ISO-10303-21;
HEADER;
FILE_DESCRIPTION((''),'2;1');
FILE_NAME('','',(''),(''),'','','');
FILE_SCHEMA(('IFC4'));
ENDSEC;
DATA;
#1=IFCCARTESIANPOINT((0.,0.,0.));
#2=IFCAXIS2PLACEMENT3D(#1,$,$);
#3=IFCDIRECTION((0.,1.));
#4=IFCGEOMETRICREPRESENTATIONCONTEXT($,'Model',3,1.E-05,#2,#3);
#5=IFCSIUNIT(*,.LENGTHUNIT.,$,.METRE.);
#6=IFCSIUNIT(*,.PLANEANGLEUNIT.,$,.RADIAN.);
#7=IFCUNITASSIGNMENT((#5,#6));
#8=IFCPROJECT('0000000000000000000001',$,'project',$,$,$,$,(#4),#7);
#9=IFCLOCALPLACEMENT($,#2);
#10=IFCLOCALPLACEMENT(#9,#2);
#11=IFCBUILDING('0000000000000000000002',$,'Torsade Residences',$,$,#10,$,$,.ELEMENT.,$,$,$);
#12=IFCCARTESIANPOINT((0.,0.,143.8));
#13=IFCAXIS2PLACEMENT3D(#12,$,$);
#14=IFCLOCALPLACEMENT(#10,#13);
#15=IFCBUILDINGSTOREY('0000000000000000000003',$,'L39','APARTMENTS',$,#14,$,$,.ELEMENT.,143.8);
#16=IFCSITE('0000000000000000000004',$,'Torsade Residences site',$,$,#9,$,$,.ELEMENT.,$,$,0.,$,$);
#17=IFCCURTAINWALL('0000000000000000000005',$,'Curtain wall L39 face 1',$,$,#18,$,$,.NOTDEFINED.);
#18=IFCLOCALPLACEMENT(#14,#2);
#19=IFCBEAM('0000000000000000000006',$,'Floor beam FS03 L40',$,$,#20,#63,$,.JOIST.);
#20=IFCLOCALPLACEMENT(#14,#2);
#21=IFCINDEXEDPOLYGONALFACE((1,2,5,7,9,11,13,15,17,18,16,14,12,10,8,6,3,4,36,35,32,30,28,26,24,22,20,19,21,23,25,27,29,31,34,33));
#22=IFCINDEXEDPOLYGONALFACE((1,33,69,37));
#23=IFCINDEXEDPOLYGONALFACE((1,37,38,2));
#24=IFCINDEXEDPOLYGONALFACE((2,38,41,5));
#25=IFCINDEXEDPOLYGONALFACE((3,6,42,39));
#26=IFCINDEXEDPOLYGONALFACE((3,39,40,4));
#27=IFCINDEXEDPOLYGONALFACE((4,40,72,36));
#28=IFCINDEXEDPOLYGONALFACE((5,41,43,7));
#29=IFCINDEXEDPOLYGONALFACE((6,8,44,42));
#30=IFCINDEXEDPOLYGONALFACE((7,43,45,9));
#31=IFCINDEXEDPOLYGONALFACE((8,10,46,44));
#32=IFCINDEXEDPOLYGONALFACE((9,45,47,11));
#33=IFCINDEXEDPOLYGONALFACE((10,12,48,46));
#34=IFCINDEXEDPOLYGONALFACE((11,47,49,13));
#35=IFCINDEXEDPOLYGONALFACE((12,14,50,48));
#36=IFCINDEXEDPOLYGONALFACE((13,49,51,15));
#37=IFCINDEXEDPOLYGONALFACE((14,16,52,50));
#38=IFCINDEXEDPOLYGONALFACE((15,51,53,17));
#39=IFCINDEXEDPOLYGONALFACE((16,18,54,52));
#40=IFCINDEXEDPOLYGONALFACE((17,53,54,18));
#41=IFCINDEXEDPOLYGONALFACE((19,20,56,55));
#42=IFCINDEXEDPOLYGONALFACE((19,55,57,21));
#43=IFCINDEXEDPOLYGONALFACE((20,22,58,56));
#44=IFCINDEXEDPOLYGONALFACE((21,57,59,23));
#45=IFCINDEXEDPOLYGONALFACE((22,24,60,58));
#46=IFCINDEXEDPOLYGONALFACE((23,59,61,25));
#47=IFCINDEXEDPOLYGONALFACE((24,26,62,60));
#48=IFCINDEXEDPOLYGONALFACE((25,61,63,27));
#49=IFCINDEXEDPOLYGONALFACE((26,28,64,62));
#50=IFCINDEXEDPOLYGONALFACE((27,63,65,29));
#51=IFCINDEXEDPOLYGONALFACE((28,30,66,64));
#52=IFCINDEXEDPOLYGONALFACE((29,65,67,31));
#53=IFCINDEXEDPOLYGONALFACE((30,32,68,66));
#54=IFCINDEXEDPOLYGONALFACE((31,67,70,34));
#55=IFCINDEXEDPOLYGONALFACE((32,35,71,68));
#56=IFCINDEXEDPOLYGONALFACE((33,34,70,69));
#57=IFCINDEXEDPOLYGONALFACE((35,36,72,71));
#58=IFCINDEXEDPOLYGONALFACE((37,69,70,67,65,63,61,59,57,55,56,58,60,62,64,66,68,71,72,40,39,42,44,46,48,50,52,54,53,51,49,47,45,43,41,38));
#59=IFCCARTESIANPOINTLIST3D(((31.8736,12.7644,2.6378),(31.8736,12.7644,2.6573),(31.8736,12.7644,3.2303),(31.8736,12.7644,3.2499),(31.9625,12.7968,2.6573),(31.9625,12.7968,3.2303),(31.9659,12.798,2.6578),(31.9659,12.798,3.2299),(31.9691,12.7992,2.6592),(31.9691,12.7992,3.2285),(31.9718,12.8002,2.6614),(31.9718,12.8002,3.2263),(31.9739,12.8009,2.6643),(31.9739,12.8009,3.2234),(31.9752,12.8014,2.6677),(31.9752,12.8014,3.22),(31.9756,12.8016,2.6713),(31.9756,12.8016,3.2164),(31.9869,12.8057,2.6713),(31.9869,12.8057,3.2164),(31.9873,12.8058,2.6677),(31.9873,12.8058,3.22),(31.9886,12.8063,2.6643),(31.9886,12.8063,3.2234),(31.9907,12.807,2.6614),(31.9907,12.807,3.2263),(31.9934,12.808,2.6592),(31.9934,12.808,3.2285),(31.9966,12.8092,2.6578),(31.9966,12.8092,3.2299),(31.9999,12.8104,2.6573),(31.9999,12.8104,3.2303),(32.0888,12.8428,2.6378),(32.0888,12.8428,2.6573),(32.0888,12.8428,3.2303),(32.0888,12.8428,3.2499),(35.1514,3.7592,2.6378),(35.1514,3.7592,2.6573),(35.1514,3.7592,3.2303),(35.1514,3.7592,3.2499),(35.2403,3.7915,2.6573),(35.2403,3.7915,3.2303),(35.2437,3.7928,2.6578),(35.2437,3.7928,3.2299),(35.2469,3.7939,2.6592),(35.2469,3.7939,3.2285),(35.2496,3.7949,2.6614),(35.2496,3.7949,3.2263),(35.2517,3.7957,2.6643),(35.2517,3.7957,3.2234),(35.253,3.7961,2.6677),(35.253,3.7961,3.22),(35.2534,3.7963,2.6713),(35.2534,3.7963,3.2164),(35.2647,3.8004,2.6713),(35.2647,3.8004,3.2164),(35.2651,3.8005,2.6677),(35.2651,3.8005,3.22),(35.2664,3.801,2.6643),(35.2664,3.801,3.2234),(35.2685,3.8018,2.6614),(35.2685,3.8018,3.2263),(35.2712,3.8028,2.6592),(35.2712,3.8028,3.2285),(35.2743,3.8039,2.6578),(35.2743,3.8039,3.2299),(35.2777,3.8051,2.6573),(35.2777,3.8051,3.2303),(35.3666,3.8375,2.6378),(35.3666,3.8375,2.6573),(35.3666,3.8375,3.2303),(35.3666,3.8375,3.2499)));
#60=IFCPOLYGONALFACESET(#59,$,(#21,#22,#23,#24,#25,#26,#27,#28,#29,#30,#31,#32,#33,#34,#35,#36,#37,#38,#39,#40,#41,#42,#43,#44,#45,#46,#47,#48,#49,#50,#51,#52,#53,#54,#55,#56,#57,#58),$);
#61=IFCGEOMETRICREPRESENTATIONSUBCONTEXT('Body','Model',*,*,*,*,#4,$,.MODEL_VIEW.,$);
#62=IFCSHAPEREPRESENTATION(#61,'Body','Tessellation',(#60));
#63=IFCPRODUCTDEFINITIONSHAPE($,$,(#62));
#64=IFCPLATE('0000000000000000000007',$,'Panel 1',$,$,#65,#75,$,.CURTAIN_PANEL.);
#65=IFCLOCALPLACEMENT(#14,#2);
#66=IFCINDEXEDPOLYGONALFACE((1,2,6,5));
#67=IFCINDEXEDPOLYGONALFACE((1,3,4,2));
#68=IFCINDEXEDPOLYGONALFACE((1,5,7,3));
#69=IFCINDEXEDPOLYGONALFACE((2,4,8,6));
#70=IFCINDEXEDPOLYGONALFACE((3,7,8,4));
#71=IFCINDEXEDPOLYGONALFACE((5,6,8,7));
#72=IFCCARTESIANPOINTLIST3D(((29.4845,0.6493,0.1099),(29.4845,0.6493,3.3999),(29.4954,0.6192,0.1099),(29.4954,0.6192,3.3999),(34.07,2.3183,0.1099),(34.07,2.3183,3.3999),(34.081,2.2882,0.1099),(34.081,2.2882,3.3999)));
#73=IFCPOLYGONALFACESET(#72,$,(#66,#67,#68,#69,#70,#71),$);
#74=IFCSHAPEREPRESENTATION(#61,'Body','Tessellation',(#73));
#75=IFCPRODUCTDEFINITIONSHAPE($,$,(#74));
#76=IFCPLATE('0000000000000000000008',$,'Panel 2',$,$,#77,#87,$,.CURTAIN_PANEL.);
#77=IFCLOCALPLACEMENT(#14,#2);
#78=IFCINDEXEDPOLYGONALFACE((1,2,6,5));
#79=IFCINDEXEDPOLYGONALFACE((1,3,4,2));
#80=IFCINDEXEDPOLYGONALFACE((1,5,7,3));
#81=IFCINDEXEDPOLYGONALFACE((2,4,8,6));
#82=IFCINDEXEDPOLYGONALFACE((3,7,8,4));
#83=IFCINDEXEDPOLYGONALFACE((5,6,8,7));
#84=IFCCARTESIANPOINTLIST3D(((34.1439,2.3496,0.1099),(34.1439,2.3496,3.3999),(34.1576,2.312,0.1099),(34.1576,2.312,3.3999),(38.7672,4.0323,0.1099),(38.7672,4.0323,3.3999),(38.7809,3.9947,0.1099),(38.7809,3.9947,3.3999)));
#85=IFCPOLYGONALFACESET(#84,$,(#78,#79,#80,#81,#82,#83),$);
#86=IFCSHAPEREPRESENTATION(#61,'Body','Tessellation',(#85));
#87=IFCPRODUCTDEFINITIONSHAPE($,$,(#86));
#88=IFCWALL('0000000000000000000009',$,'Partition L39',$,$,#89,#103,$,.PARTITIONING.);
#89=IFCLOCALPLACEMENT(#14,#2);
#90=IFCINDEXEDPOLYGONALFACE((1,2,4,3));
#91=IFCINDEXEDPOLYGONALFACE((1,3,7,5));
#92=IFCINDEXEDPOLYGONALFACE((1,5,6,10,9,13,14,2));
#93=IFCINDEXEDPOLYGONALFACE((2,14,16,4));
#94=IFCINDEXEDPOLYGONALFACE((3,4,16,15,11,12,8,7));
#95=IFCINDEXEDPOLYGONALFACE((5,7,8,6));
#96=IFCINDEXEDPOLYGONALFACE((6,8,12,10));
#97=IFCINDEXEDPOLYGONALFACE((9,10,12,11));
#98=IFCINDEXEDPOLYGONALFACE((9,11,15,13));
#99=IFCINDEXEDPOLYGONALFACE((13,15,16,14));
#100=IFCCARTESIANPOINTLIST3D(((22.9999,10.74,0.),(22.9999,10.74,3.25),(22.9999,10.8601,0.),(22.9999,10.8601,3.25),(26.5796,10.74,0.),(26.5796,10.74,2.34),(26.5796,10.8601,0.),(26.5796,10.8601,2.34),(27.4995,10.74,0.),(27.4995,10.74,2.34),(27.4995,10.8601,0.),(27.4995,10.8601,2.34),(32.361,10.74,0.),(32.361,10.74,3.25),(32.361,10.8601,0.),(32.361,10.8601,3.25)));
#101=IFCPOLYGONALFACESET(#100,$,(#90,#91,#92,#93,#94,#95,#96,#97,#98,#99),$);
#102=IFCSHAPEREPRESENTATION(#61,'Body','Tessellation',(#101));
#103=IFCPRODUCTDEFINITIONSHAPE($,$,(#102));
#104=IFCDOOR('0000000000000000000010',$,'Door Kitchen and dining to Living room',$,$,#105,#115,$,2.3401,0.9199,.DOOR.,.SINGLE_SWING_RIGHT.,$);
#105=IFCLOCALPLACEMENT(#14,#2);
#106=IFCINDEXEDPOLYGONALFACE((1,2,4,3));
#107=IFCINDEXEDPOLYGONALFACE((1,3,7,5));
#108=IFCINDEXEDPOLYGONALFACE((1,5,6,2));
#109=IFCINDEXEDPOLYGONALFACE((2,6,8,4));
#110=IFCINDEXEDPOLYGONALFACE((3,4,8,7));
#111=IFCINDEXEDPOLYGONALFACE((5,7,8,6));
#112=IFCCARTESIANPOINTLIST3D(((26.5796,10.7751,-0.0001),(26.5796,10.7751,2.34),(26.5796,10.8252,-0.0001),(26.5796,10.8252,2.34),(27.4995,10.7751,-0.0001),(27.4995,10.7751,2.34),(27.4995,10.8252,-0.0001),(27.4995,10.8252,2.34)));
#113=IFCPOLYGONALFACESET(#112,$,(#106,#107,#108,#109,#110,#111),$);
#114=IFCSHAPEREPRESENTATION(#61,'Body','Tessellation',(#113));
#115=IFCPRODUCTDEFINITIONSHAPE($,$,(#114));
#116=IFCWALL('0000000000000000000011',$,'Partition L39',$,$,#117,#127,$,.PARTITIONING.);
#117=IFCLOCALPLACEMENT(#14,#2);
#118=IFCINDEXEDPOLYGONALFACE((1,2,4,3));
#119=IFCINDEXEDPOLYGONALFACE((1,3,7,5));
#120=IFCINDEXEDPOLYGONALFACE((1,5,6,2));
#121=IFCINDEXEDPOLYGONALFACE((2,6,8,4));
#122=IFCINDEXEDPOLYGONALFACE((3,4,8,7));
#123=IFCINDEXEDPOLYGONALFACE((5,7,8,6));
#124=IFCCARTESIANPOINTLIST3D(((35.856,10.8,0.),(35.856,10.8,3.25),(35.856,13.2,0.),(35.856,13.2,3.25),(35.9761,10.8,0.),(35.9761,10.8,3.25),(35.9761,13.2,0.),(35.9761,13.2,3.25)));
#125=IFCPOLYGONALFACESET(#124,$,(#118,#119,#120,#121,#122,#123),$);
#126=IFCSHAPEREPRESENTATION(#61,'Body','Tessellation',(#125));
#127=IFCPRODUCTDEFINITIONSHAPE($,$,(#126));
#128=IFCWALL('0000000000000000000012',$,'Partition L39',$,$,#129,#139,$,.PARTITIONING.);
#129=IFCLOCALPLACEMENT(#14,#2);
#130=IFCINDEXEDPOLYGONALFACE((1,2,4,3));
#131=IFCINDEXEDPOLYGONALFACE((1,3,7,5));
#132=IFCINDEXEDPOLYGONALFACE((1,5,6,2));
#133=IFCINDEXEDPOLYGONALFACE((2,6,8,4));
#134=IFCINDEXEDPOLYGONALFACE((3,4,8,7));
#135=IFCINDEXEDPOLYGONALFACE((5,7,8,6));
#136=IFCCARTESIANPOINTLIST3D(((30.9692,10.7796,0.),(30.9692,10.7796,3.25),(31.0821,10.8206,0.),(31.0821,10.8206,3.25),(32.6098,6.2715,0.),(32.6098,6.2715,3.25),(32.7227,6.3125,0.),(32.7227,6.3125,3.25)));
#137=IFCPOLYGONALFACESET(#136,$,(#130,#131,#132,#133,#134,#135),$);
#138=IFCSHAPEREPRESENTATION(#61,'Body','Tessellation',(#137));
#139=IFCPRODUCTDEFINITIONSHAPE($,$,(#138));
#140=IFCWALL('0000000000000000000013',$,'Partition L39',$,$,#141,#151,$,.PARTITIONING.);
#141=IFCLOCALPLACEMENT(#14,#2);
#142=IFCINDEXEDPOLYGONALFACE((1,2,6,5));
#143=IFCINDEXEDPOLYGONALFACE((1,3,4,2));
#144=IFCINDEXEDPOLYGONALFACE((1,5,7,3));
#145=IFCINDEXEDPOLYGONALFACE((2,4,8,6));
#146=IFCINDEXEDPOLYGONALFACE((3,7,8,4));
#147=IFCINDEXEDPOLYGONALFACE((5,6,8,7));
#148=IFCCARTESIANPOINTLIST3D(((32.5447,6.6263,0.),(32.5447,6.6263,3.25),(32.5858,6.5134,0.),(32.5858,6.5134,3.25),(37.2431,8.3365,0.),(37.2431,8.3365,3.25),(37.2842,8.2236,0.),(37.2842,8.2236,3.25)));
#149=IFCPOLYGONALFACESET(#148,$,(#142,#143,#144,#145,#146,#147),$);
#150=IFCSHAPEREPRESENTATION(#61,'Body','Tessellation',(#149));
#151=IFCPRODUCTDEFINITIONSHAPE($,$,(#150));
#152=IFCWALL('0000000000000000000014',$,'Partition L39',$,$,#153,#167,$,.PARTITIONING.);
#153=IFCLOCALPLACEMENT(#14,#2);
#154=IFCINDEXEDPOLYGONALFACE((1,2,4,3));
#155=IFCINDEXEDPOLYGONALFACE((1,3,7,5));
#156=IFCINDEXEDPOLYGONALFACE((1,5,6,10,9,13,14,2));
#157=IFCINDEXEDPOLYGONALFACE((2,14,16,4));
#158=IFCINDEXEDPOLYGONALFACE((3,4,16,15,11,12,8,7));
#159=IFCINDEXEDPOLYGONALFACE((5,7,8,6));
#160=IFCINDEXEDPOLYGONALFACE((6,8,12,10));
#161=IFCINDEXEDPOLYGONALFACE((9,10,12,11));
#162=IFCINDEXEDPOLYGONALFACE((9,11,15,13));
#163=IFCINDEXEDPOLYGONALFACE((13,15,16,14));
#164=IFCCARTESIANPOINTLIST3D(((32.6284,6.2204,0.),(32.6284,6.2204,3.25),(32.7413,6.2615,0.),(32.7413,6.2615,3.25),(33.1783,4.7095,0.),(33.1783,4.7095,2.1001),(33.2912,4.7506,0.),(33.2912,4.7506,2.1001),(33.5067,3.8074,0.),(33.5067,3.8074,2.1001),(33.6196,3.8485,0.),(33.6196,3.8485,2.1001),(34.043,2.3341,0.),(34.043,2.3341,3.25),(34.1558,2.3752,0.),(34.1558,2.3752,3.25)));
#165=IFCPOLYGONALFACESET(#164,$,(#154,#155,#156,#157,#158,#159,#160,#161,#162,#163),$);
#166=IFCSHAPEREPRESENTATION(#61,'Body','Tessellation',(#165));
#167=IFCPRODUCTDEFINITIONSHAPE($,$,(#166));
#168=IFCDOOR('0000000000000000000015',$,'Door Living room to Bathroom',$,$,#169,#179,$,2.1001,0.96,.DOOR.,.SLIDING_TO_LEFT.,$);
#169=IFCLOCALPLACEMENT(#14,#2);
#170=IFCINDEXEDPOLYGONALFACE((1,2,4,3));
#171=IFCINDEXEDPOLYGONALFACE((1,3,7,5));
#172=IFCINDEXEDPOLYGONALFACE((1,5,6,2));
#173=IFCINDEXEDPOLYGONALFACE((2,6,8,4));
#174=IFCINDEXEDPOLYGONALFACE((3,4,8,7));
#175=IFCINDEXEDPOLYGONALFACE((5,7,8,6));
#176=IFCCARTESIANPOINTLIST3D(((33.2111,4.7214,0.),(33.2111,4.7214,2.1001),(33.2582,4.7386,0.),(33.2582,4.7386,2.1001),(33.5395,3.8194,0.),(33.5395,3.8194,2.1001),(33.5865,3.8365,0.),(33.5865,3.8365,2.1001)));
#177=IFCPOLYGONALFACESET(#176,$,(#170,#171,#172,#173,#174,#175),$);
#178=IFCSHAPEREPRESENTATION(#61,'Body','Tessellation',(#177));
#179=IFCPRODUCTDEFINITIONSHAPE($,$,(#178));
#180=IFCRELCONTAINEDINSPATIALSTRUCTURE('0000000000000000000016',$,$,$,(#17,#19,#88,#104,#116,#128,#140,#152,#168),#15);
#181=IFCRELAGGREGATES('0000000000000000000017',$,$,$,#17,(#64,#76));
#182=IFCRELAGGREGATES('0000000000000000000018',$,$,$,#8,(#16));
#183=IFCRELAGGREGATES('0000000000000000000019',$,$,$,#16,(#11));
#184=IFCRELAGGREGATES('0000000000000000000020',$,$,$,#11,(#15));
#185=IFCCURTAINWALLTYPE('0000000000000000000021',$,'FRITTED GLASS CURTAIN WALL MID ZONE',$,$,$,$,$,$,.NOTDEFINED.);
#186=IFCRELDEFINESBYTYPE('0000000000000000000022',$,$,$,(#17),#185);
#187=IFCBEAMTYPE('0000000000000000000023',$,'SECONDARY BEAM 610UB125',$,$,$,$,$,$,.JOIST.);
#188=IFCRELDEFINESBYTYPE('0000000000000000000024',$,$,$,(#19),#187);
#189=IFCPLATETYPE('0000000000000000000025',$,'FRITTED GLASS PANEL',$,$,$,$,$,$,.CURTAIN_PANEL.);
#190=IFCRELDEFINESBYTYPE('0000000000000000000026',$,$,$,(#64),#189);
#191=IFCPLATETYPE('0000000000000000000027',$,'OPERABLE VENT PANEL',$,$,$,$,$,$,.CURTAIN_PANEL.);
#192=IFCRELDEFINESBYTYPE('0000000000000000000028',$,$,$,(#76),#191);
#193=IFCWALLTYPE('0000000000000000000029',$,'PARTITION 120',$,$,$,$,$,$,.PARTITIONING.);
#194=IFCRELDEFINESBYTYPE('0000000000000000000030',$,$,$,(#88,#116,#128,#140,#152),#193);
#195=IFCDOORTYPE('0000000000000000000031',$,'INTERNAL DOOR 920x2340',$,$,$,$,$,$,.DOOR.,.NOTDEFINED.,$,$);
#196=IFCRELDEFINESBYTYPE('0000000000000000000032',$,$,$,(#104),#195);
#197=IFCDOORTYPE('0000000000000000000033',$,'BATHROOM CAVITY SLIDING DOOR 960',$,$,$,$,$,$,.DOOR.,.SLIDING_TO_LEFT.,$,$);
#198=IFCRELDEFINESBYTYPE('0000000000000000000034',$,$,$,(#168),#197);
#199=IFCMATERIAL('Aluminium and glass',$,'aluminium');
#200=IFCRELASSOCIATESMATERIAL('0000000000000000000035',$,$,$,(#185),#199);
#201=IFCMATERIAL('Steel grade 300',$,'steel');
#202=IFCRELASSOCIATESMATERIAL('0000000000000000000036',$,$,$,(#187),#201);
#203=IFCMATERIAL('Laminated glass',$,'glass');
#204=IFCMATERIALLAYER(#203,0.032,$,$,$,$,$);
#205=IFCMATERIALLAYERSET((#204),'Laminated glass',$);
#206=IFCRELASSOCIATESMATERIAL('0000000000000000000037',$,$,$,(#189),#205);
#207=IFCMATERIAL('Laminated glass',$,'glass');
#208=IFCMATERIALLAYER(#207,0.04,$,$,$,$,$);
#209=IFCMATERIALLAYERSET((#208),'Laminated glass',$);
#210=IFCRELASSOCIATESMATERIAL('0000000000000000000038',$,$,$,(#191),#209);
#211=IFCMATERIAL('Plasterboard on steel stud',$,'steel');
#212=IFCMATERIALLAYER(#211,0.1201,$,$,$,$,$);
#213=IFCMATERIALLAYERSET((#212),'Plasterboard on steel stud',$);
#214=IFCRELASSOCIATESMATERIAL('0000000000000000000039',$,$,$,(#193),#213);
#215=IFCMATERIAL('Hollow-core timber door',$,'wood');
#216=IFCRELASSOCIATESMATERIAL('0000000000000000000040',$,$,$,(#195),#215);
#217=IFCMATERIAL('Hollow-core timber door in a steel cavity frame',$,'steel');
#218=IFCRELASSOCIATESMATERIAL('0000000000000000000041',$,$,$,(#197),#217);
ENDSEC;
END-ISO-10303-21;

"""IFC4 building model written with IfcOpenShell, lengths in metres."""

from ifc_helpers import new_model, si_unit, direction, frame, frame_2d, origin, origin_2d, place, context, subcontext, project, spatial, rectangle, i_section, extrude, material, layer, layer_set, material_profile, profile_set, type_object, element, fill, aggregate, save


model = new_model("IFC4")

# Units and contexts
model_context = context("Model", 3, precision=1e-05, world=origin(), true_north=direction((0.0, 1.0)))
body_context = subcontext(model_context, "Body", "Model", "MODEL_VIEW")
ifc_project = project(units=[si_unit("LENGTHUNIT", "METRE"), si_unit("PLANEANGLEUNIT", "RADIAN")], contexts=[model_context])

# Site, building, storey
site_placement = place(None, origin())
site = spatial("IfcSite", under=ifc_project, at=site_placement, Name="Torsade Residences site", CompositionType="ELEMENT", RefElevation=0.0)
building_placement = place(site_placement, origin())
building = spatial("IfcBuilding", under=site, at=building_placement, Name="Torsade Residences", CompositionType="ELEMENT")
storey_placement = place(building_placement, frame((0.0, 0.0, 143.8)))
storey = spatial("IfcBuildingStorey", under=building, at=storey_placement, Name="L39", Description="APARTMENTS", CompositionType="ELEMENT", Elevation=143.8)

# Curtain wall
ifc_material_1 = material(Name="Aluminium and glass", Category="aluminium")
curtain_wall_type = type_object("IfcCurtainWallType", Name="FRITTED GLASS CURTAIN WALL MID ZONE", PredefinedType="NOTDEFINED", material=ifc_material_1)
curtain_wall_placement = place(storey_placement, origin())
curtain_wall = element("IfcCurtainWall", 1, at=curtain_wall_placement, inside=storey, type_object=curtain_wall_type, Name="Curtain wall L39 face 1", PredefinedType="NOTDEFINED")

# Beam
ifc_material_2 = material(Name="Steel grade 300", Category="steel")
ifc_material_profile_1 = material_profile(ifc_material_2, i_section(OverallWidth=0.229, OverallDepth=0.6121, WebThickness=0.012, FlangeThickness=0.0195, FilletRadius=0.0139, at=origin_2d()), Name="610UB125")
ifc_profile_set_1 = profile_set([ifc_material_profile_1], Name="Steel grade 300")
beam_type_1 = type_object("IfcBeamType", Name="SECONDARY BEAM 610UB125", PredefinedType="JOIST", material=ifc_profile_set_1)
beam_1_placement = place(storey_placement, frame((35.259, 3.7983, 2.9438), z_axis=(-0.342034, 0.939688, 0.0), x_axis=(-0.939688, -0.342034, 0.0)))
element("IfcBeam", 2, at=beam_1_placement, inside=storey, type_object=beam_type_1, Name="Floor beam FS03 L40", PredefinedType="JOIST", context=body_context, shape_type="SweptSolid", body=[
    extrude(i_section(OverallWidth=0.229, OverallDepth=0.6121, WebThickness=0.012, FlangeThickness=0.0195, FilletRadius=0.0139, at=origin_2d()), origin(), (0.0, 0.0, 1.0), 9.5833),
])

# Plates
ifc_material_3 = material(Name="Laminated glass", Category="glass")
ifc_layer_1 = layer(ifc_material_3, 0.032)
ifc_layer_set_1 = layer_set([ifc_layer_1], Name="Laminated glass")
plate_type_1 = type_object("IfcPlateType", Name="FRITTED GLASS PANEL", PredefinedType="CURTAIN_PANEL", material=ifc_layer_set_1)
plate_1_placement = place(storey_placement, frame((31.7827, 1.4688, 0.1099), z_axis=(0.0, 0.0, 1.0), x_axis=(0.939693, 0.34202, 0.0)))
plate_1 = element("IfcPlate", 3, at=plate_1_placement, type_object=plate_type_1, Name="Panel 1", PredefinedType="CURTAIN_PANEL", context=body_context, shape_type="SweptSolid", body=[
    extrude(rectangle(XDim=4.8799, YDim=0.032, at=origin_2d()), origin(), (0.0, 0.0, 1.0), 3.29),
])
ifc_material_4 = material(Name="Laminated glass", Category="glass")
ifc_layer_2 = layer(ifc_material_4, 0.04)
ifc_layer_set_2 = layer_set([ifc_layer_2], Name="Laminated glass")
plate_type_2 = type_object("IfcPlateType", Name="OPERABLE VENT PANEL", PredefinedType="CURTAIN_PANEL", material=ifc_layer_set_2)
plate_2_placement = place(storey_placement, frame((36.4624, 3.1721, 0.1099), z_axis=(0.0, 0.0, 1.0), x_axis=(0.939693, 0.34202, 0.0)))
plate_2 = element("IfcPlate", 4, at=plate_2_placement, type_object=plate_type_2, Name="Panel 2", PredefinedType="CURTAIN_PANEL", context=body_context, shape_type="SweptSolid", body=[
    extrude(rectangle(XDim=4.9199, YDim=0.04, at=origin_2d()), origin(), (0.0, 0.0, 1.0), 3.29),
])
aggregate(curtain_wall, [plate_1, plate_2])

# Wall, opening, door
ifc_material_5 = material(Name="Plasterboard on steel stud", Category="steel")
ifc_layer_3 = layer(ifc_material_5, 0.1201)
ifc_layer_set_3 = layer_set([ifc_layer_3], Name="Plasterboard on steel stud")
wall_type_1 = type_object("IfcWallType", Name="PARTITION 120", PredefinedType="PARTITIONING", material=ifc_layer_set_3)
wall_1_placement = place(storey_placement, frame((32.3611, 10.8, 0.0), z_axis=(0.0, 0.0, 1.0), x_axis=(-1.0, 0.0, 0.0)))
wall_1 = element("IfcWall", 5, at=wall_1_placement, inside=storey, type_object=wall_type_1, Name="Partition L39", PredefinedType="PARTITIONING", context=body_context, shape_type="SweptSolid", body=[
    extrude(rectangle(XDim=9.3611, YDim=0.1201, at=frame_2d((4.6807, 0.0))), origin(), (0.0, 0.0, 1.0), 3.25),
])
opening_1_placement = place(wall_1_placement, frame((4.8616, 0.0, 0.0)))
opening_1 = element("IfcOpeningElement", 6, at=opening_1_placement, cuts=wall_1, PredefinedType="OPENING", context=body_context, shape_type="SweptSolid", body=[
    extrude(rectangle(XDim=0.9199, YDim=2.3401, at=frame_2d((0.46, 1.1699))), frame((0.0, 0.0701, 0.0), z_axis=(0.0, -1.0, 0.0), x_axis=(1.0, 0.0, 0.0)), (0.0, 0.0, 1.0), 0.1401),
])
ifc_material_6 = material(Name="Hollow-core timber door", Category="wood")
door_type_1 = type_object("IfcDoorType", Name="INTERNAL DOOR 920x2340", OperationType="NOTDEFINED", PredefinedType="DOOR", material=ifc_material_6)
door_1_placement = place(opening_1_placement, origin())
door_1 = element("IfcDoor", 7, at=door_1_placement, inside=storey, type_object=door_type_1, Name="Door Kitchen and dining to Living room", OperationType="SINGLE_SWING_RIGHT", OverallHeight=2.3401, OverallWidth=0.9199, PredefinedType="DOOR", context=body_context, shape_type="SweptSolid", body=[
    extrude(rectangle(XDim=0.9199, YDim=2.3401, at=frame_2d((0.46, 1.1699))), frame((0.0, 0.0249, 0.0), z_axis=(0.0, -1.0, 0.0), x_axis=(1.0, 0.0, 0.0)), (0.0, 0.0, 1.0), 0.05),
])
fill(opening_1, door_1)

# Walls
wall_2_placement = place(storey_placement, frame((35.916, 10.8, 0.0), z_axis=(0.0, 0.0, 1.0), x_axis=(0.0, 1.0, 0.0)))
element("IfcWall", 8, at=wall_2_placement, inside=storey, type_object=wall_type_1, Name="Partition L39", PredefinedType="PARTITIONING", context=body_context, shape_type="SweptSolid", body=[
    extrude(rectangle(XDim=2.3999, YDim=0.1201, at=frame_2d((1.2, 0.0))), origin(), (0.0, 0.0, 1.0), 3.25),
])
wall_3_placement = place(storey_placement, frame((32.6663, 6.292, 0.0), z_axis=(0.0, 0.0, 1.0), x_axis=(-0.341988, 0.939704, 0.0)))
element("IfcWall", 9, at=wall_3_placement, inside=storey, type_object=wall_type_1, Name="Partition L39", PredefinedType="PARTITIONING", context=body_context, shape_type="SweptSolid", body=[
    extrude(rectangle(XDim=4.7974, YDim=0.1201, at=frame_2d((2.3987, 0.0))), origin(), (0.0, 0.0, 1.0), 3.25),
])
wall_4_placement = place(storey_placement, frame((37.2637, 8.28, 0.0), z_axis=(0.0, 0.0, 1.0), x_axis=(-0.939686, -0.342037, 0.0)))
element("IfcWall", 10, at=wall_4_placement, inside=storey, type_object=wall_type_1, Name="Partition L39", PredefinedType="PARTITIONING", context=body_context, shape_type="SweptSolid", body=[
    extrude(rectangle(XDim=5.0, YDim=0.1201, at=frame_2d((2.5, 0.0))), origin(), (0.0, 0.0, 1.0), 3.25),
])

# Wall, opening, door
wall_5_placement = place(storey_placement, frame((32.6848, 6.241, 0.0), z_axis=(0.0, 0.0, 1.0), x_axis=(0.342037, -0.939687, 0.0)))
wall_5 = element("IfcWall", 11, at=wall_5_placement, inside=storey, type_object=wall_type_1, Name="Partition L39", PredefinedType="PARTITIONING", context=body_context, shape_type="SweptSolid", body=[
    extrude(rectangle(XDim=4.1357, YDim=0.1201, at=frame_2d((2.0679, 0.0))), origin(), (0.0, 0.0, 1.0), 3.25),
])
opening_2_placement = place(wall_5_placement, frame((1.6079, 0.0, 0.0)))
opening_2 = element("IfcOpeningElement", 12, at=opening_2_placement, cuts=wall_5, PredefinedType="OPENING", context=body_context, shape_type="SweptSolid", body=[
    extrude(rectangle(XDim=0.96, YDim=2.1001, at=frame_2d((0.48, 1.05))), frame((0.0, 0.0701, 0.0), z_axis=(0.0, -1.0, 0.0), x_axis=(1.0, 0.0, 0.0)), (0.0, 0.0, 1.0), 0.1401),
])
ifc_material_7 = material(Name="Hollow-core timber door in a steel cavity frame", Category="steel")
door_type_2 = type_object("IfcDoorType", Name="BATHROOM CAVITY SLIDING DOOR 960", OperationType="SLIDING_TO_LEFT", PredefinedType="DOOR", material=ifc_material_7)
door_2_placement = place(opening_2_placement, origin())
door_2 = element("IfcDoor", 13, at=door_2_placement, inside=storey, type_object=door_type_2, Name="Door Living room to Bathroom", OperationType="SLIDING_TO_LEFT", OverallHeight=2.1001, OverallWidth=0.96, PredefinedType="DOOR", context=body_context, shape_type="SweptSolid", body=[
    extrude(rectangle(XDim=0.96, YDim=2.1001, at=frame_2d((0.48, 1.05))), frame((0.0, 0.0249, 0.0), z_axis=(0.0, -1.0, 0.0), x_axis=(1.0, 0.0, 0.0)), (0.0, 0.0, 1.0), 0.05),
])
fill(opening_2, door_2)

save(model, "model.ifc")
